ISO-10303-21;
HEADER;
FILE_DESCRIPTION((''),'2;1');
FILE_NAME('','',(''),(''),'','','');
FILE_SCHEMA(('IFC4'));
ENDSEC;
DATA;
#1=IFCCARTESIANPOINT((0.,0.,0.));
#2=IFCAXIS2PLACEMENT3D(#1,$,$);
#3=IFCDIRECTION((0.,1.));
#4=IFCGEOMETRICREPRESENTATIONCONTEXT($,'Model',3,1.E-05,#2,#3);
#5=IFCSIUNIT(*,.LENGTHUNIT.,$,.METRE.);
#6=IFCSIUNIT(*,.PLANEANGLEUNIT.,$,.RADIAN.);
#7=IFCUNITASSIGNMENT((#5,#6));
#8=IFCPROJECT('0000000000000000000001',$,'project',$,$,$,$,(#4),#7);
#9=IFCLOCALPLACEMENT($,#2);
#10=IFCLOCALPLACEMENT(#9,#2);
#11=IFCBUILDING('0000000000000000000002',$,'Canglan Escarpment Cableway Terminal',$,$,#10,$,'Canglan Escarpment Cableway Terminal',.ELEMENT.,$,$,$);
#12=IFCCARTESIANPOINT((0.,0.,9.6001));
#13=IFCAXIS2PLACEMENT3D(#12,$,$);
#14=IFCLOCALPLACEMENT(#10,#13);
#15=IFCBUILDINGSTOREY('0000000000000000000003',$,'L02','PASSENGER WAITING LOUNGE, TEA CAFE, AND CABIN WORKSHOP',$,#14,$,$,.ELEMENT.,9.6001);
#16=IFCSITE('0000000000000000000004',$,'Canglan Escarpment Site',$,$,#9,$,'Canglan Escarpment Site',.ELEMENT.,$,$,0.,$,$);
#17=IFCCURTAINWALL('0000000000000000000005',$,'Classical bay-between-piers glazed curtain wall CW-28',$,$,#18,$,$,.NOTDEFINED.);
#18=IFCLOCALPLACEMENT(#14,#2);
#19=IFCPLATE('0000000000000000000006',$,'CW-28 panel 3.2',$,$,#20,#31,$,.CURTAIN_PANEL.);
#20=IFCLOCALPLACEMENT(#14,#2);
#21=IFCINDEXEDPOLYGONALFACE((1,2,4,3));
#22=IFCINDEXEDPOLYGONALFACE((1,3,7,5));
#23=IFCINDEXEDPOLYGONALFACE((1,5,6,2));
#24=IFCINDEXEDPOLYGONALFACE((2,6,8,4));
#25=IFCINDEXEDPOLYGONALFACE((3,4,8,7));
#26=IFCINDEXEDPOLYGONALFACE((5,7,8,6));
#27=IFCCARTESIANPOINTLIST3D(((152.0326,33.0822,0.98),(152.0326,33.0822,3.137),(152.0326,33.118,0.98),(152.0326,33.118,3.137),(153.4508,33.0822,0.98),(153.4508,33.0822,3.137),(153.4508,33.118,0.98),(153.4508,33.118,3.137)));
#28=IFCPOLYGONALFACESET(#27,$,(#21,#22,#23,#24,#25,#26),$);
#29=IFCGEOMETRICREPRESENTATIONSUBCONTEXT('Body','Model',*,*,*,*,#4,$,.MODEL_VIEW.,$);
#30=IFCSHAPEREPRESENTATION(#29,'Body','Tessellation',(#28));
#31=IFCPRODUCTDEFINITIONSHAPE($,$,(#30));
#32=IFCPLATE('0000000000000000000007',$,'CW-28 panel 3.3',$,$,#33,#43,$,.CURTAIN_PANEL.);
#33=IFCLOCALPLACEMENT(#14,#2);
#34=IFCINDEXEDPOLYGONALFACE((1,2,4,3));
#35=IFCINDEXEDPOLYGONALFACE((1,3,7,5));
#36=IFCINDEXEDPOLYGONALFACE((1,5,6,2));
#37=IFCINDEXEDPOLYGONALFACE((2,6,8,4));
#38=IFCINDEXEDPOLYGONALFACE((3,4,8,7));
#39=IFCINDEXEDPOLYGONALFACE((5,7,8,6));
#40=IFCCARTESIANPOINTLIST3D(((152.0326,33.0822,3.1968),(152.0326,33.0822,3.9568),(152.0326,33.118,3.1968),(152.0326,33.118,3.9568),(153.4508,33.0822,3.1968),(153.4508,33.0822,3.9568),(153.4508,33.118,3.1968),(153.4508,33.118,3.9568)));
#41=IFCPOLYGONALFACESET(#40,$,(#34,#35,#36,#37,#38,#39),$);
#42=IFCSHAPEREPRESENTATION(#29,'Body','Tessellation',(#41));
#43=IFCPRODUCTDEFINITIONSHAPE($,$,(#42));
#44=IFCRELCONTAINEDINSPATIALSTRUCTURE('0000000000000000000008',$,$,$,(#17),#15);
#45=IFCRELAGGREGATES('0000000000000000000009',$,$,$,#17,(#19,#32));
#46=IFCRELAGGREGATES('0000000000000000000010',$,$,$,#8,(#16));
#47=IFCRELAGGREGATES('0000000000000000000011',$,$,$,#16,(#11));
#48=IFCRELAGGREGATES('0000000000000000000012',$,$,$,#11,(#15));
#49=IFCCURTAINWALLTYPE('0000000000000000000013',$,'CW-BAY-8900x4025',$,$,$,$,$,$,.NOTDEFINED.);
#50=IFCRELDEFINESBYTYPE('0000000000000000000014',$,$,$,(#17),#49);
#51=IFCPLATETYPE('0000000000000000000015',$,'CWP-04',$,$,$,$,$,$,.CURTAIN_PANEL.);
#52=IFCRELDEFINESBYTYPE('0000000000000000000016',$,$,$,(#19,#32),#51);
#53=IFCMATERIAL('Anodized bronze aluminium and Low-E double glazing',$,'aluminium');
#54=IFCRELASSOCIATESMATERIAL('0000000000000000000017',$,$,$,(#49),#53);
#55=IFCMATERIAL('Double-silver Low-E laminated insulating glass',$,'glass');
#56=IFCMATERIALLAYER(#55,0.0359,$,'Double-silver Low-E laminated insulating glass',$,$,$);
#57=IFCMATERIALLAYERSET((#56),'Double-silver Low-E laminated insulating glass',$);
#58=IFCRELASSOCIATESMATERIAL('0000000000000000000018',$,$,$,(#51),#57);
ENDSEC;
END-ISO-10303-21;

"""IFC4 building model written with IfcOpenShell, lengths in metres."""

from ifc_helpers import new_model, si_unit, direction, frame, origin, origin_2d, place, context, subcontext, project, spatial, rectangle, extrude, material, layer, layer_set, type_object, element, aggregate, save


model = new_model("IFC4")

# Units and contexts
model_context = context("Model", 3, precision=1e-05, world=origin(), true_north=direction((0.0, 1.0)))
body_context = subcontext(model_context, "Body", "Model", "MODEL_VIEW")
ifc_project = project(units=[si_unit("LENGTHUNIT", "METRE"), si_unit("PLANEANGLEUNIT", "RADIAN")], contexts=[model_context])

# Site, building, storey
site_placement = place(None, origin())
site = spatial("IfcSite", under=ifc_project, at=site_placement, Name="Canglan Escarpment Site", LongName="Canglan Escarpment Site", CompositionType="ELEMENT", RefElevation=0.0)
building_placement = place(site_placement, origin())
building = spatial("IfcBuilding", under=site, at=building_placement, Name="Canglan Escarpment Cableway Terminal", LongName="Canglan Escarpment Cableway Terminal", CompositionType="ELEMENT")
storey_placement = place(building_placement, frame((0.0, 0.0, 9.6001)))
storey = spatial("IfcBuildingStorey", under=building, at=storey_placement, Name="L02", Description="PASSENGER WAITING LOUNGE, TEA CAFE, AND CABIN WORKSHOP", CompositionType="ELEMENT", Elevation=9.6001)

# Curtain wall
ifc_material_1 = material(Name="Anodized bronze aluminium and Low-E double glazing", Category="aluminium")
curtain_wall_type = type_object("IfcCurtainWallType", Name="CW-BAY-8900x4025", PredefinedType="NOTDEFINED", material=ifc_material_1)
curtain_wall_1_placement = place(storey_placement, origin())
curtain_wall_1 = element("IfcCurtainWall", 1, at=curtain_wall_1_placement, inside=storey, type_object=curtain_wall_type, Name="Classical bay-between-piers glazed curtain wall CW-28", PredefinedType="NOTDEFINED")

# Plates
ifc_material_2 = material(Name="Double-silver Low-E laminated insulating glass", Category="glass")
ifc_layer_1 = layer(ifc_material_2, 0.0359, Name="Double-silver Low-E laminated insulating glass")
ifc_layer_set_1 = layer_set([ifc_layer_1], Name="Double-silver Low-E laminated insulating glass")
plate_type_1 = type_object("IfcPlateType", Name="CWP-04", PredefinedType="CURTAIN_PANEL", material=ifc_layer_set_1)
plate_1_placement = place(storey_placement, frame((152.7417, 33.1001, 0.98), z_axis=(0.0, 0.0, 1.0), x_axis=(-1.0, 0.0, 0.0)))
plate_1 = element("IfcPlate", 2, at=plate_1_placement, type_object=plate_type_1, Name="CW-28 panel 3.2", PredefinedType="CURTAIN_PANEL", context=body_context, shape_type="SweptSolid", body=[
    extrude(rectangle(XDim=1.4182, YDim=0.0359, at=origin_2d()), origin(), (0.0, 0.0, 1.0), 2.157),
])
plate_2_placement = place(storey_placement, frame((152.7417, 33.1001, 3.1968), z_axis=(0.0, 0.0, 1.0), x_axis=(-1.0, 0.0, 0.0)))
plate_2 = element("IfcPlate", 3, at=plate_2_placement, type_object=plate_type_1, Name="CW-28 panel 3.3", PredefinedType="CURTAIN_PANEL", context=body_context, shape_type="SweptSolid", body=[
    extrude(rectangle(XDim=1.4182, YDim=0.0359, at=origin_2d()), origin(), (0.0, 0.0, 1.0), 0.76),
])
aggregate(curtain_wall_1, [plate_1, plate_2])

save(model, "model.ifc")
